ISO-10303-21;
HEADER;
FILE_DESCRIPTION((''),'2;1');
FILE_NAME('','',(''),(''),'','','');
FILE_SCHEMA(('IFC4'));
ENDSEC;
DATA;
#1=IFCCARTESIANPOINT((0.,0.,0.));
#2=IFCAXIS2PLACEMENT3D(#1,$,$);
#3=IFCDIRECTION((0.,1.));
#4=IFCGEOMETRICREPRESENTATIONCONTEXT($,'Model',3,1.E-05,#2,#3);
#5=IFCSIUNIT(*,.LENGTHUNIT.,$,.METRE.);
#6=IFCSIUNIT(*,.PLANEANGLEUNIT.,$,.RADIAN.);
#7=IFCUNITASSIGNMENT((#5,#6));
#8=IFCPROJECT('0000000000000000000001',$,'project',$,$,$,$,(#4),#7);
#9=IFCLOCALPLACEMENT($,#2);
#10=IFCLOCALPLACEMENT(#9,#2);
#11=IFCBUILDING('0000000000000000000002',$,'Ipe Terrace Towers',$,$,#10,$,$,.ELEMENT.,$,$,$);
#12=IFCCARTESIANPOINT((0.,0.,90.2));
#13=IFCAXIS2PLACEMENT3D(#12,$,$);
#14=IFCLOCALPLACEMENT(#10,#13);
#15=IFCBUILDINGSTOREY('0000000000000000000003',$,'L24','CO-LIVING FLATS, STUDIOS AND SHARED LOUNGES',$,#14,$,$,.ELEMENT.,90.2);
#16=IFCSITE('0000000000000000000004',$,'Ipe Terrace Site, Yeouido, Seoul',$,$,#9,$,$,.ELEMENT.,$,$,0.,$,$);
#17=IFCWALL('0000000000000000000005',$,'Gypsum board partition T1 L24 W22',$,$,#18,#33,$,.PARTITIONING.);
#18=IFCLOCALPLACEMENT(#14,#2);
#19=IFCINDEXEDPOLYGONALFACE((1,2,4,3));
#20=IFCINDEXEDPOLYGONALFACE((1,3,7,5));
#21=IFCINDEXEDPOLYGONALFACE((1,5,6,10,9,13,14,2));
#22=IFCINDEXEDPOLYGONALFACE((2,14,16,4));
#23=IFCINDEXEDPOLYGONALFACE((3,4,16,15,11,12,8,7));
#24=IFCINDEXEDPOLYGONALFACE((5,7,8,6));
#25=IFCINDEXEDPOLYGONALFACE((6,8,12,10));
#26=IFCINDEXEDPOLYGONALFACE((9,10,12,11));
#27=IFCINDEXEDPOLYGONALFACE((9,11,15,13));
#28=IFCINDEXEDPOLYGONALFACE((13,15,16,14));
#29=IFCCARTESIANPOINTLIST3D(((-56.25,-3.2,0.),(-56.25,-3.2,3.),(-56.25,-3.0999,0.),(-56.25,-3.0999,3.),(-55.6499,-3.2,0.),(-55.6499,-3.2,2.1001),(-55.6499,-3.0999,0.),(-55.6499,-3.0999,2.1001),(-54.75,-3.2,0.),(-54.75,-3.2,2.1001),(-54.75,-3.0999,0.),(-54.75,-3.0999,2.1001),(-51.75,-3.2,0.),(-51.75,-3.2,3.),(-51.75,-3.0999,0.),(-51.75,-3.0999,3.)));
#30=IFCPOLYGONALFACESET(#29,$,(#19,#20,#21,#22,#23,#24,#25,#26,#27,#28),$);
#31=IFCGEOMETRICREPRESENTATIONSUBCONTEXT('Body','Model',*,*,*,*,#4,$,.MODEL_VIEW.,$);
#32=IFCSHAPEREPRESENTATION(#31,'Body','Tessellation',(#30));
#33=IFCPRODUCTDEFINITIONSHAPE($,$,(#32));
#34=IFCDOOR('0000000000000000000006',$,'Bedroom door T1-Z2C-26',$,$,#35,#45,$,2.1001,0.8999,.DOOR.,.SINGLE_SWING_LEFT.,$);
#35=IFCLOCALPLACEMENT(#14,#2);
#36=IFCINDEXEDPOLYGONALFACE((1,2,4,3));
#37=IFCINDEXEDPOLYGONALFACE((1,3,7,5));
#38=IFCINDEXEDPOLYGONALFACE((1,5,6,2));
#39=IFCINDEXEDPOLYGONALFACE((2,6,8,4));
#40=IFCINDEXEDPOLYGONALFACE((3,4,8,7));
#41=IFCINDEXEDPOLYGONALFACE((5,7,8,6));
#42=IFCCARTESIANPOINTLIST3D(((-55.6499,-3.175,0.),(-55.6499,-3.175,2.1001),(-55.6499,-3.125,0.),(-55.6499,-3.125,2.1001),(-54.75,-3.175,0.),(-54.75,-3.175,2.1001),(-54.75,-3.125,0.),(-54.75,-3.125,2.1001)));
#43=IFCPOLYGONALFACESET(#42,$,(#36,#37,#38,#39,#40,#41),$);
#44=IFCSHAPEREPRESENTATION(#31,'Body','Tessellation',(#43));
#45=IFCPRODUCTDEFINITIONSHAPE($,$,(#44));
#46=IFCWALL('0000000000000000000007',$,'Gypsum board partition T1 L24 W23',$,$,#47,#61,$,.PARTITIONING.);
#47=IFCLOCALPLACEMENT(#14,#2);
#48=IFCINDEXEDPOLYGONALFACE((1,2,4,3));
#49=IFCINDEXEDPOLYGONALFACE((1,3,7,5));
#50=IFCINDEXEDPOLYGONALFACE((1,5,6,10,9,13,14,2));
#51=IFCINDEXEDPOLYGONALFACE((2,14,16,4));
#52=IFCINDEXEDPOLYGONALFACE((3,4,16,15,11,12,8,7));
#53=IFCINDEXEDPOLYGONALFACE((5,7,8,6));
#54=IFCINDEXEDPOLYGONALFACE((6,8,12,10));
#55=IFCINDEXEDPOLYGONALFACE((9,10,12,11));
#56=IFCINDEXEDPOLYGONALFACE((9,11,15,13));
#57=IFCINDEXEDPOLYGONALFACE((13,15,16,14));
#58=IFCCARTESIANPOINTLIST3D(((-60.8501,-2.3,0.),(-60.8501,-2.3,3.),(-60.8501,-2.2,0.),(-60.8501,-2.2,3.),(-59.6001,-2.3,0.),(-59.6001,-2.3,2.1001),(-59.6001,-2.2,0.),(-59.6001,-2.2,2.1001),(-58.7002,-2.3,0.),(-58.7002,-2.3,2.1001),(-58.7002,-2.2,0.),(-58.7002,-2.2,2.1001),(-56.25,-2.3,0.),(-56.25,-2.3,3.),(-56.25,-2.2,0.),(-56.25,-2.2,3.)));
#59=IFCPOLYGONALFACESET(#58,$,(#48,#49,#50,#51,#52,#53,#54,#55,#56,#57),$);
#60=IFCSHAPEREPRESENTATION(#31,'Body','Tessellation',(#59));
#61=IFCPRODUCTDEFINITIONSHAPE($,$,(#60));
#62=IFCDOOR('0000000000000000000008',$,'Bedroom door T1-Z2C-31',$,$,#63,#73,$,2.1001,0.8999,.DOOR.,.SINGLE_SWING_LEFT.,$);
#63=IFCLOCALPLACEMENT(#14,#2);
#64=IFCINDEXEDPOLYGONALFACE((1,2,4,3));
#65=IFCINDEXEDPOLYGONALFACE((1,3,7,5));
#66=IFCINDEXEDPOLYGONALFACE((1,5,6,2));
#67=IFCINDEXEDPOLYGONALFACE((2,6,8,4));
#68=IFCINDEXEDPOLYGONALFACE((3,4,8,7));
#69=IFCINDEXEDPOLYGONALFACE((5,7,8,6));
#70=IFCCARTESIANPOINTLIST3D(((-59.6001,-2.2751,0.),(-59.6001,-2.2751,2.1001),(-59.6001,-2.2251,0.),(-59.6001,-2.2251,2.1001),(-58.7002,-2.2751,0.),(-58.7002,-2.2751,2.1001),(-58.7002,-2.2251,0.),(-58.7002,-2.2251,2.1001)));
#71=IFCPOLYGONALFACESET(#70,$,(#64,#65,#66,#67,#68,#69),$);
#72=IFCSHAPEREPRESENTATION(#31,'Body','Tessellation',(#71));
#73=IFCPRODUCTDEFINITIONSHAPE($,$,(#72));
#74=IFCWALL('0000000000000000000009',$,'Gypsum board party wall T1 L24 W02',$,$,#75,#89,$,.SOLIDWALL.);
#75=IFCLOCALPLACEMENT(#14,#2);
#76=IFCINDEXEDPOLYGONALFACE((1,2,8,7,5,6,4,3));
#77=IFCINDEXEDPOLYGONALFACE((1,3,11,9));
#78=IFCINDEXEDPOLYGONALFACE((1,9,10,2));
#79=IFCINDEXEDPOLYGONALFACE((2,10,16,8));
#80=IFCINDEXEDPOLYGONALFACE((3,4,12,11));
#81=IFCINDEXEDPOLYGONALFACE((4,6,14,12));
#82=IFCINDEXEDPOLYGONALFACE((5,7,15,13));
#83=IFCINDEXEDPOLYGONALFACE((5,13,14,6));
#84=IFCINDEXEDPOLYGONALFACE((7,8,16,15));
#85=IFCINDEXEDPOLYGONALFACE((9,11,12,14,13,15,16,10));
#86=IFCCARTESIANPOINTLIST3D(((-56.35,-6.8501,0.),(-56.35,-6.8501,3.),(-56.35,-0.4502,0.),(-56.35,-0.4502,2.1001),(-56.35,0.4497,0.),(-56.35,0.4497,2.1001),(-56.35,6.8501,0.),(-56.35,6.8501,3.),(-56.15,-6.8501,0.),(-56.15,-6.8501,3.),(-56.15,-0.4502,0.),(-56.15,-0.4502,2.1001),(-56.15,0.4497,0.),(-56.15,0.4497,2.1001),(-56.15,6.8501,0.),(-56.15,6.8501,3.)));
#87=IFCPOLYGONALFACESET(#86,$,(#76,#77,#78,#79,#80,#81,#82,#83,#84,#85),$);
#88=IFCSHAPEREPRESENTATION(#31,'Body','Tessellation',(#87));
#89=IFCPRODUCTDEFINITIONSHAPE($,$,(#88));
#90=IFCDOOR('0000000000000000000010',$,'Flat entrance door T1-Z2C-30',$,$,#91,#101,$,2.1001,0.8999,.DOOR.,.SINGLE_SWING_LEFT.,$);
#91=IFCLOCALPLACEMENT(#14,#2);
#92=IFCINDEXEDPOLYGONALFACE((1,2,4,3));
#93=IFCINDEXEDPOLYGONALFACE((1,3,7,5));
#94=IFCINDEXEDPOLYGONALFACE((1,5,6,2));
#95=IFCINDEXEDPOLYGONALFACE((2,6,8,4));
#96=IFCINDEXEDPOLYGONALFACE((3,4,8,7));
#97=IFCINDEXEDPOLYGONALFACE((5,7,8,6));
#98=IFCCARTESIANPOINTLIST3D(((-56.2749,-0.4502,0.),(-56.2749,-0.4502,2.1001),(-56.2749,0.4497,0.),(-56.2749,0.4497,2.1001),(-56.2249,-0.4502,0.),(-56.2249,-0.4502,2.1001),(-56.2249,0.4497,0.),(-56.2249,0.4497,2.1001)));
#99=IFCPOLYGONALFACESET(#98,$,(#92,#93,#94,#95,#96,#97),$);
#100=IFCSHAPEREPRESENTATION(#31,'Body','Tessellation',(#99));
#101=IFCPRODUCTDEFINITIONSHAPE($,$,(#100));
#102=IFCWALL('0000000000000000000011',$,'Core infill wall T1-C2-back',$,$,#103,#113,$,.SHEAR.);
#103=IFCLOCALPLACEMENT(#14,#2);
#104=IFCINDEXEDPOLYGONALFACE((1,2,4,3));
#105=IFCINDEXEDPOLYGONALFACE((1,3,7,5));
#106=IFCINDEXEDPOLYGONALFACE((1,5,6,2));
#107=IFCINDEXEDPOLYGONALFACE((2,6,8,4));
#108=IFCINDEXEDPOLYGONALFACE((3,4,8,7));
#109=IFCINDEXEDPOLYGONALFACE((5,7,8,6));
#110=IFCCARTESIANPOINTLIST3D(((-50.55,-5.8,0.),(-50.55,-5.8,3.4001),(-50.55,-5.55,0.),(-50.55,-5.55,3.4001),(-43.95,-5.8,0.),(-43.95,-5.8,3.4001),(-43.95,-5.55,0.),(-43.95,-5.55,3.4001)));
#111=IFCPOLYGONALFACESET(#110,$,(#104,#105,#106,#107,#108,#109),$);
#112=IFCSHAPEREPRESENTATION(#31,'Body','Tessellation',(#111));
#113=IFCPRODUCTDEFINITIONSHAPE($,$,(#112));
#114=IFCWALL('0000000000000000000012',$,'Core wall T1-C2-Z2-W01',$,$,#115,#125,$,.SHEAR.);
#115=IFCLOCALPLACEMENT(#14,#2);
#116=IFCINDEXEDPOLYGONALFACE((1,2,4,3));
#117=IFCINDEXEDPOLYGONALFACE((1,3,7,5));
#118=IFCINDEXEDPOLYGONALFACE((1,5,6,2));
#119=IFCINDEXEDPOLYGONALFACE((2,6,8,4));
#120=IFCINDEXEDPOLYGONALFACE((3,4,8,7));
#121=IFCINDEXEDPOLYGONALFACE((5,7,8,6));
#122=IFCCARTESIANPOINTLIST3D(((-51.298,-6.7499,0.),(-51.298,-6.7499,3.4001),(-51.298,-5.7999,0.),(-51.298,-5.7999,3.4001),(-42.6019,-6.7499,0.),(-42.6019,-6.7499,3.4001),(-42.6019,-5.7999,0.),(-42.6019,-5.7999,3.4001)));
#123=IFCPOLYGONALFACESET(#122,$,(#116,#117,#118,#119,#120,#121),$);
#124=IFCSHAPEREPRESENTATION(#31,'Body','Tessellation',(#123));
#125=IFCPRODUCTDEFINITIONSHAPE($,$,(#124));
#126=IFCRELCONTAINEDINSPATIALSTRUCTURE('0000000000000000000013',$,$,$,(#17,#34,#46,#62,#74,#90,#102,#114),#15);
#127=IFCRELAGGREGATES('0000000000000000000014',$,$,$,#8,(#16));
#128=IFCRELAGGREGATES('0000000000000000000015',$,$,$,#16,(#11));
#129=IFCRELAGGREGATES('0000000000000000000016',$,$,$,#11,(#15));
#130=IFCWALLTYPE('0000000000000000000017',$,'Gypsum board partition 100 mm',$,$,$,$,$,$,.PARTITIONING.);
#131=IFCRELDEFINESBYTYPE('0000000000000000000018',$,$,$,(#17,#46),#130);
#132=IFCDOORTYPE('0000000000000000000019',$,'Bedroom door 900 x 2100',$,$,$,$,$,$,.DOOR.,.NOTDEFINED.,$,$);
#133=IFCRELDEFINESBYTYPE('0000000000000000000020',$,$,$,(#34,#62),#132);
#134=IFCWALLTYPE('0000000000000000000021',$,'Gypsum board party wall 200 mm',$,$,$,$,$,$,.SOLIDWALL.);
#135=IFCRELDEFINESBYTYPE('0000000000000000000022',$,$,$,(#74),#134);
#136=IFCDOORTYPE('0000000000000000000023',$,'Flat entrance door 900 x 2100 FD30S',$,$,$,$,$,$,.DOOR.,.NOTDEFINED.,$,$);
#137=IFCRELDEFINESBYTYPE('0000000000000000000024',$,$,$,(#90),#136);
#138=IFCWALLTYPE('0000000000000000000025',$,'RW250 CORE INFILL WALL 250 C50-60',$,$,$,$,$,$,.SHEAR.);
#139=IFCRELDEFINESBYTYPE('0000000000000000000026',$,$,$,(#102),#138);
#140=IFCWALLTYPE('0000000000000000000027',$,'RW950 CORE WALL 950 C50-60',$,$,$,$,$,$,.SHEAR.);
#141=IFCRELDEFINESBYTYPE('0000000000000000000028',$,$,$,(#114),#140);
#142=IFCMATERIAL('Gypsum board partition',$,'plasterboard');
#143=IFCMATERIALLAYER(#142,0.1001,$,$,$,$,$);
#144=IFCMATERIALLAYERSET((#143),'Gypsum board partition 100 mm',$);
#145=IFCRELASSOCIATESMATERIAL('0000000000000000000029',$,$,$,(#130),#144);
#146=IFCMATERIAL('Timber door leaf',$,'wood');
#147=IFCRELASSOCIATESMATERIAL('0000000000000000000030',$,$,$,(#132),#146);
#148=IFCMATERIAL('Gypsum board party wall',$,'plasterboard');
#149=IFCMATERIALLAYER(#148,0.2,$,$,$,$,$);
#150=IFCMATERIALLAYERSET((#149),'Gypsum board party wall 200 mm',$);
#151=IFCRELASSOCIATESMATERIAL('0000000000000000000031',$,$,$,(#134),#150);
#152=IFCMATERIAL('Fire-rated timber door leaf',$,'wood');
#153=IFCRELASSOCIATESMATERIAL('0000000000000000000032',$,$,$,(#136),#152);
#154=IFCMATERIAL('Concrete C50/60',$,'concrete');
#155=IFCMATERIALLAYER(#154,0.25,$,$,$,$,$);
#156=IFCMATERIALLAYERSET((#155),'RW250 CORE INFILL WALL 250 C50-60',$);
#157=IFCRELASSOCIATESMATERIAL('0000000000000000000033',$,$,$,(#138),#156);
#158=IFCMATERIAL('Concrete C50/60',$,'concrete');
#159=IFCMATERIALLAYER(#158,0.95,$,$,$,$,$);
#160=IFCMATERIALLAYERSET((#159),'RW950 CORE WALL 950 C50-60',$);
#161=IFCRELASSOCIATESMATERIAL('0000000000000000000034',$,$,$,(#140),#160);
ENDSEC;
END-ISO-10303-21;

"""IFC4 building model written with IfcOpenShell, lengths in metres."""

from ifc_helpers import new_model, si_unit, direction, frame, frame_2d, origin, place, context, subcontext, project, spatial, rectangle, extrude, material, layer, layer_set, type_object, element, fill, save


model = new_model("IFC4")

# Units and contexts
model_context = context("Model", 3, precision=1e-05, world=origin(), true_north=direction((0.0, 1.0)))
body_context = subcontext(model_context, "Body", "Model", "MODEL_VIEW")
ifc_project = project(units=[si_unit("LENGTHUNIT", "METRE"), si_unit("PLANEANGLEUNIT", "RADIAN")], contexts=[model_context])

# Site, building, storey
site_placement = place(None, origin())
site = spatial("IfcSite", under=ifc_project, at=site_placement, Name="Ipe Terrace Site, Yeouido, Seoul", CompositionType="ELEMENT", RefElevation=0.0)
building_placement = place(site_placement, origin())
building = spatial("IfcBuilding", under=site, at=building_placement, Name="Ipe Terrace Towers", CompositionType="ELEMENT")
storey_placement = place(building_placement, frame((0.0, 0.0, 90.2)))
storey = spatial("IfcBuildingStorey", under=building, at=storey_placement, Name="L24", Description="CO-LIVING FLATS, STUDIOS AND SHARED LOUNGES", CompositionType="ELEMENT", Elevation=90.2)

# Shared definitions
ifc_material_1 = material(Name="Gypsum board partition", Category="plasterboard")
ifc_layer_1 = layer(ifc_material_1, 0.1001)
ifc_layer_set_1 = layer_set([ifc_layer_1], Name="Gypsum board partition 100 mm")
wall_type_1 = type_object("IfcWallType", Name="Gypsum board partition 100 mm", PredefinedType="PARTITIONING", material=ifc_layer_set_1)

# Walls, openings, doors
wall_1_placement = place(storey_placement, frame((-56.25, -3.1499, 0.0), z_axis=(0.0, 0.0, 1.0), x_axis=(1.0, 0.0, 0.0)))
wall_1 = element("IfcWall", 1, at=wall_1_placement, inside=storey, type_object=wall_type_1, Name="Gypsum board partition T1 L24 W22", PredefinedType="PARTITIONING", context=body_context, shape_type="SweptSolid", body=[
    extrude(rectangle(XDim=4.5, YDim=0.1001, at=frame_2d((2.25, 0.0))), origin(), (0.0, 0.0, 1.0), 3.0),
])
opening_1_placement = place(wall_1_placement, frame((0.6001, 0.0, 0.0)))
opening_1 = element("IfcOpeningElement", 2, at=opening_1_placement, cuts=wall_1, PredefinedType="OPENING", context=body_context, shape_type="SweptSolid", body=[
    extrude(rectangle(XDim=0.8999, YDim=2.1001, at=frame_2d((0.45, 1.05))), frame((0.0, 0.0601, 0.0), z_axis=(0.0, -1.0, 0.0), x_axis=(1.0, 0.0, 0.0)), (0.0, 0.0, 1.0), 0.1201),
])
ifc_material_2 = material(Name="Timber door leaf", Category="wood")
door_type_1 = type_object("IfcDoorType", Name="Bedroom door 900 x 2100", OperationType="NOTDEFINED", PredefinedType="DOOR", material=ifc_material_2)
door_1_placement = place(opening_1_placement, origin())
door_1 = element("IfcDoor", 3, at=door_1_placement, inside=storey, type_object=door_type_1, Name="Bedroom door T1-Z2C-26", OperationType="SINGLE_SWING_LEFT", OverallHeight=2.1001, OverallWidth=0.8999, PredefinedType="DOOR", context=body_context, shape_type="SweptSolid", body=[
    extrude(rectangle(XDim=0.8999, YDim=2.1001, at=frame_2d((0.45, 1.05))), frame((0.0, 0.0249, 0.0), z_axis=(0.0, -1.0, 0.0), x_axis=(1.0, 0.0, 0.0)), (0.0, 0.0, 1.0), 0.05),
])
fill(opening_1, door_1)
wall_2_placement = place(storey_placement, frame((-60.8501, -2.25, 0.0), z_axis=(0.0, 0.0, 1.0), x_axis=(1.0, 0.0, 0.0)))
wall_2 = element("IfcWall", 4, at=wall_2_placement, inside=storey, type_object=wall_type_1, Name="Gypsum board partition T1 L24 W23", PredefinedType="PARTITIONING", context=body_context, shape_type="SweptSolid", body=[
    extrude(rectangle(XDim=4.6001, YDim=0.1001, at=frame_2d((2.3, 0.0))), origin(), (0.0, 0.0, 1.0), 3.0),
])
opening_2_placement = place(wall_2_placement, frame((1.25, 0.0, 0.0)))
opening_2 = element("IfcOpeningElement", 5, at=opening_2_placement, cuts=wall_2, PredefinedType="OPENING", context=body_context, shape_type="SweptSolid", body=[
    extrude(rectangle(XDim=0.8999, YDim=2.1001, at=frame_2d((0.45, 1.05))), frame((0.0, 0.0601, 0.0), z_axis=(0.0, -1.0, 0.0), x_axis=(1.0, 0.0, 0.0)), (0.0, 0.0, 1.0), 0.1201),
])
door_2_placement = place(opening_2_placement, origin())
door_2 = element("IfcDoor", 6, at=door_2_placement, inside=storey, type_object=door_type_1, Name="Bedroom door T1-Z2C-31", OperationType="SINGLE_SWING_LEFT", OverallHeight=2.1001, OverallWidth=0.8999, PredefinedType="DOOR", context=body_context, shape_type="SweptSolid", body=[
    extrude(rectangle(XDim=0.8999, YDim=2.1001, at=frame_2d((0.45, 1.05))), frame((0.0, 0.0249, 0.0), z_axis=(0.0, -1.0, 0.0), x_axis=(1.0, 0.0, 0.0)), (0.0, 0.0, 1.0), 0.05),
])
fill(opening_2, door_2)
ifc_material_3 = material(Name="Gypsum board party wall", Category="plasterboard")
ifc_layer_2 = layer(ifc_material_3, 0.2)
ifc_layer_set_2 = layer_set([ifc_layer_2], Name="Gypsum board party wall 200 mm")
wall_type_2 = type_object("IfcWallType", Name="Gypsum board party wall 200 mm", PredefinedType="SOLIDWALL", material=ifc_layer_set_2)
wall_3_placement = place(storey_placement, frame((-56.25, -6.8501, 0.0), z_axis=(0.0, 0.0, 1.0), x_axis=(0.0, 1.0, 0.0)))
wall_3 = element("IfcWall", 7, at=wall_3_placement, inside=storey, type_object=wall_type_2, Name="Gypsum board party wall T1 L24 W02", PredefinedType="SOLIDWALL", context=body_context, shape_type="SweptSolid", body=[
    extrude(rectangle(XDim=13.7002, YDim=0.2, at=frame_2d((6.8501, 0.0))), origin(), (0.0, 0.0, 1.0), 3.0),
])
opening_3_placement = place(wall_3_placement, frame((6.3999, 0.0, 0.0)))
opening_3 = element("IfcOpeningElement", 8, at=opening_3_placement, cuts=wall_3, PredefinedType="OPENING", context=body_context, shape_type="SweptSolid", body=[
    extrude(rectangle(XDim=0.8999, YDim=2.1001, at=frame_2d((0.45, 1.05))), frame((0.0, 0.1099, 0.0), z_axis=(0.0, -1.0, 0.0), x_axis=(1.0, 0.0, 0.0)), (0.0, 0.0, 1.0), 0.22),
])
ifc_material_4 = material(Name="Fire-rated timber door leaf", Category="wood")
door_type_2 = type_object("IfcDoorType", Name="Flat entrance door 900 x 2100 FD30S", OperationType="NOTDEFINED", PredefinedType="DOOR", material=ifc_material_4)
door_3_placement = place(opening_3_placement, origin())
door_3 = element("IfcDoor", 9, at=door_3_placement, inside=storey, type_object=door_type_2, Name="Flat entrance door T1-Z2C-30", OperationType="SINGLE_SWING_LEFT", OverallHeight=2.1001, OverallWidth=0.8999, PredefinedType="DOOR", context=body_context, shape_type="SweptSolid", body=[
    extrude(rectangle(XDim=0.8999, YDim=2.1001, at=frame_2d((0.45, 1.05))), frame((0.0, 0.0249, 0.0), z_axis=(0.0, -1.0, 0.0), x_axis=(1.0, 0.0, 0.0)), (0.0, 0.0, 1.0), 0.05),
])
fill(opening_3, door_3)

# Walls
ifc_material_5 = material(Name="Concrete C50/60", Category="concrete")
ifc_layer_3 = layer(ifc_material_5, 0.25)
ifc_layer_set_3 = layer_set([ifc_layer_3], Name="RW250 CORE INFILL WALL 250 C50-60")
wall_type_3 = type_object("IfcWallType", Name="RW250 CORE INFILL WALL 250 C50-60", PredefinedType="SHEAR", material=ifc_layer_set_3)
wall_4_placement = place(storey_placement, frame((-43.95, -5.675, 0.0), z_axis=(0.0, 0.0, 1.0), x_axis=(-1.0, 0.0, 0.0)))
element("IfcWall", 10, at=wall_4_placement, inside=storey, type_object=wall_type_3, Name="Core infill wall T1-C2-back", PredefinedType="SHEAR", context=body_context, shape_type="SweptSolid", body=[
    extrude(rectangle(XDim=6.6001, YDim=0.25, at=frame_2d((3.3, 0.0))), origin(), (0.0, 0.0, 1.0), 3.4001),
])
ifc_material_6 = material(Name="Concrete C50/60", Category="concrete")
ifc_layer_4 = layer(ifc_material_6, 0.95)
ifc_layer_set_4 = layer_set([ifc_layer_4], Name="RW950 CORE WALL 950 C50-60")
wall_type_4 = type_object("IfcWallType", Name="RW950 CORE WALL 950 C50-60", PredefinedType="SHEAR", material=ifc_layer_set_4)
wall_5_placement = place(storey_placement, frame((-51.2981, -6.2749, 0.0), z_axis=(0.0, 0.0, 1.0), x_axis=(1.0, 0.0, 0.0)))
element("IfcWall", 11, at=wall_5_placement, inside=storey, type_object=wall_type_4, Name="Core wall T1-C2-Z2-W01", PredefinedType="SHEAR", context=body_context, shape_type="SweptSolid", body=[
    extrude(rectangle(XDim=8.696, YDim=0.95, at=frame_2d((4.3481, 0.0))), origin(), (0.0, 0.0, 1.0), 3.4001),
])

save(model, "model.ifc")
